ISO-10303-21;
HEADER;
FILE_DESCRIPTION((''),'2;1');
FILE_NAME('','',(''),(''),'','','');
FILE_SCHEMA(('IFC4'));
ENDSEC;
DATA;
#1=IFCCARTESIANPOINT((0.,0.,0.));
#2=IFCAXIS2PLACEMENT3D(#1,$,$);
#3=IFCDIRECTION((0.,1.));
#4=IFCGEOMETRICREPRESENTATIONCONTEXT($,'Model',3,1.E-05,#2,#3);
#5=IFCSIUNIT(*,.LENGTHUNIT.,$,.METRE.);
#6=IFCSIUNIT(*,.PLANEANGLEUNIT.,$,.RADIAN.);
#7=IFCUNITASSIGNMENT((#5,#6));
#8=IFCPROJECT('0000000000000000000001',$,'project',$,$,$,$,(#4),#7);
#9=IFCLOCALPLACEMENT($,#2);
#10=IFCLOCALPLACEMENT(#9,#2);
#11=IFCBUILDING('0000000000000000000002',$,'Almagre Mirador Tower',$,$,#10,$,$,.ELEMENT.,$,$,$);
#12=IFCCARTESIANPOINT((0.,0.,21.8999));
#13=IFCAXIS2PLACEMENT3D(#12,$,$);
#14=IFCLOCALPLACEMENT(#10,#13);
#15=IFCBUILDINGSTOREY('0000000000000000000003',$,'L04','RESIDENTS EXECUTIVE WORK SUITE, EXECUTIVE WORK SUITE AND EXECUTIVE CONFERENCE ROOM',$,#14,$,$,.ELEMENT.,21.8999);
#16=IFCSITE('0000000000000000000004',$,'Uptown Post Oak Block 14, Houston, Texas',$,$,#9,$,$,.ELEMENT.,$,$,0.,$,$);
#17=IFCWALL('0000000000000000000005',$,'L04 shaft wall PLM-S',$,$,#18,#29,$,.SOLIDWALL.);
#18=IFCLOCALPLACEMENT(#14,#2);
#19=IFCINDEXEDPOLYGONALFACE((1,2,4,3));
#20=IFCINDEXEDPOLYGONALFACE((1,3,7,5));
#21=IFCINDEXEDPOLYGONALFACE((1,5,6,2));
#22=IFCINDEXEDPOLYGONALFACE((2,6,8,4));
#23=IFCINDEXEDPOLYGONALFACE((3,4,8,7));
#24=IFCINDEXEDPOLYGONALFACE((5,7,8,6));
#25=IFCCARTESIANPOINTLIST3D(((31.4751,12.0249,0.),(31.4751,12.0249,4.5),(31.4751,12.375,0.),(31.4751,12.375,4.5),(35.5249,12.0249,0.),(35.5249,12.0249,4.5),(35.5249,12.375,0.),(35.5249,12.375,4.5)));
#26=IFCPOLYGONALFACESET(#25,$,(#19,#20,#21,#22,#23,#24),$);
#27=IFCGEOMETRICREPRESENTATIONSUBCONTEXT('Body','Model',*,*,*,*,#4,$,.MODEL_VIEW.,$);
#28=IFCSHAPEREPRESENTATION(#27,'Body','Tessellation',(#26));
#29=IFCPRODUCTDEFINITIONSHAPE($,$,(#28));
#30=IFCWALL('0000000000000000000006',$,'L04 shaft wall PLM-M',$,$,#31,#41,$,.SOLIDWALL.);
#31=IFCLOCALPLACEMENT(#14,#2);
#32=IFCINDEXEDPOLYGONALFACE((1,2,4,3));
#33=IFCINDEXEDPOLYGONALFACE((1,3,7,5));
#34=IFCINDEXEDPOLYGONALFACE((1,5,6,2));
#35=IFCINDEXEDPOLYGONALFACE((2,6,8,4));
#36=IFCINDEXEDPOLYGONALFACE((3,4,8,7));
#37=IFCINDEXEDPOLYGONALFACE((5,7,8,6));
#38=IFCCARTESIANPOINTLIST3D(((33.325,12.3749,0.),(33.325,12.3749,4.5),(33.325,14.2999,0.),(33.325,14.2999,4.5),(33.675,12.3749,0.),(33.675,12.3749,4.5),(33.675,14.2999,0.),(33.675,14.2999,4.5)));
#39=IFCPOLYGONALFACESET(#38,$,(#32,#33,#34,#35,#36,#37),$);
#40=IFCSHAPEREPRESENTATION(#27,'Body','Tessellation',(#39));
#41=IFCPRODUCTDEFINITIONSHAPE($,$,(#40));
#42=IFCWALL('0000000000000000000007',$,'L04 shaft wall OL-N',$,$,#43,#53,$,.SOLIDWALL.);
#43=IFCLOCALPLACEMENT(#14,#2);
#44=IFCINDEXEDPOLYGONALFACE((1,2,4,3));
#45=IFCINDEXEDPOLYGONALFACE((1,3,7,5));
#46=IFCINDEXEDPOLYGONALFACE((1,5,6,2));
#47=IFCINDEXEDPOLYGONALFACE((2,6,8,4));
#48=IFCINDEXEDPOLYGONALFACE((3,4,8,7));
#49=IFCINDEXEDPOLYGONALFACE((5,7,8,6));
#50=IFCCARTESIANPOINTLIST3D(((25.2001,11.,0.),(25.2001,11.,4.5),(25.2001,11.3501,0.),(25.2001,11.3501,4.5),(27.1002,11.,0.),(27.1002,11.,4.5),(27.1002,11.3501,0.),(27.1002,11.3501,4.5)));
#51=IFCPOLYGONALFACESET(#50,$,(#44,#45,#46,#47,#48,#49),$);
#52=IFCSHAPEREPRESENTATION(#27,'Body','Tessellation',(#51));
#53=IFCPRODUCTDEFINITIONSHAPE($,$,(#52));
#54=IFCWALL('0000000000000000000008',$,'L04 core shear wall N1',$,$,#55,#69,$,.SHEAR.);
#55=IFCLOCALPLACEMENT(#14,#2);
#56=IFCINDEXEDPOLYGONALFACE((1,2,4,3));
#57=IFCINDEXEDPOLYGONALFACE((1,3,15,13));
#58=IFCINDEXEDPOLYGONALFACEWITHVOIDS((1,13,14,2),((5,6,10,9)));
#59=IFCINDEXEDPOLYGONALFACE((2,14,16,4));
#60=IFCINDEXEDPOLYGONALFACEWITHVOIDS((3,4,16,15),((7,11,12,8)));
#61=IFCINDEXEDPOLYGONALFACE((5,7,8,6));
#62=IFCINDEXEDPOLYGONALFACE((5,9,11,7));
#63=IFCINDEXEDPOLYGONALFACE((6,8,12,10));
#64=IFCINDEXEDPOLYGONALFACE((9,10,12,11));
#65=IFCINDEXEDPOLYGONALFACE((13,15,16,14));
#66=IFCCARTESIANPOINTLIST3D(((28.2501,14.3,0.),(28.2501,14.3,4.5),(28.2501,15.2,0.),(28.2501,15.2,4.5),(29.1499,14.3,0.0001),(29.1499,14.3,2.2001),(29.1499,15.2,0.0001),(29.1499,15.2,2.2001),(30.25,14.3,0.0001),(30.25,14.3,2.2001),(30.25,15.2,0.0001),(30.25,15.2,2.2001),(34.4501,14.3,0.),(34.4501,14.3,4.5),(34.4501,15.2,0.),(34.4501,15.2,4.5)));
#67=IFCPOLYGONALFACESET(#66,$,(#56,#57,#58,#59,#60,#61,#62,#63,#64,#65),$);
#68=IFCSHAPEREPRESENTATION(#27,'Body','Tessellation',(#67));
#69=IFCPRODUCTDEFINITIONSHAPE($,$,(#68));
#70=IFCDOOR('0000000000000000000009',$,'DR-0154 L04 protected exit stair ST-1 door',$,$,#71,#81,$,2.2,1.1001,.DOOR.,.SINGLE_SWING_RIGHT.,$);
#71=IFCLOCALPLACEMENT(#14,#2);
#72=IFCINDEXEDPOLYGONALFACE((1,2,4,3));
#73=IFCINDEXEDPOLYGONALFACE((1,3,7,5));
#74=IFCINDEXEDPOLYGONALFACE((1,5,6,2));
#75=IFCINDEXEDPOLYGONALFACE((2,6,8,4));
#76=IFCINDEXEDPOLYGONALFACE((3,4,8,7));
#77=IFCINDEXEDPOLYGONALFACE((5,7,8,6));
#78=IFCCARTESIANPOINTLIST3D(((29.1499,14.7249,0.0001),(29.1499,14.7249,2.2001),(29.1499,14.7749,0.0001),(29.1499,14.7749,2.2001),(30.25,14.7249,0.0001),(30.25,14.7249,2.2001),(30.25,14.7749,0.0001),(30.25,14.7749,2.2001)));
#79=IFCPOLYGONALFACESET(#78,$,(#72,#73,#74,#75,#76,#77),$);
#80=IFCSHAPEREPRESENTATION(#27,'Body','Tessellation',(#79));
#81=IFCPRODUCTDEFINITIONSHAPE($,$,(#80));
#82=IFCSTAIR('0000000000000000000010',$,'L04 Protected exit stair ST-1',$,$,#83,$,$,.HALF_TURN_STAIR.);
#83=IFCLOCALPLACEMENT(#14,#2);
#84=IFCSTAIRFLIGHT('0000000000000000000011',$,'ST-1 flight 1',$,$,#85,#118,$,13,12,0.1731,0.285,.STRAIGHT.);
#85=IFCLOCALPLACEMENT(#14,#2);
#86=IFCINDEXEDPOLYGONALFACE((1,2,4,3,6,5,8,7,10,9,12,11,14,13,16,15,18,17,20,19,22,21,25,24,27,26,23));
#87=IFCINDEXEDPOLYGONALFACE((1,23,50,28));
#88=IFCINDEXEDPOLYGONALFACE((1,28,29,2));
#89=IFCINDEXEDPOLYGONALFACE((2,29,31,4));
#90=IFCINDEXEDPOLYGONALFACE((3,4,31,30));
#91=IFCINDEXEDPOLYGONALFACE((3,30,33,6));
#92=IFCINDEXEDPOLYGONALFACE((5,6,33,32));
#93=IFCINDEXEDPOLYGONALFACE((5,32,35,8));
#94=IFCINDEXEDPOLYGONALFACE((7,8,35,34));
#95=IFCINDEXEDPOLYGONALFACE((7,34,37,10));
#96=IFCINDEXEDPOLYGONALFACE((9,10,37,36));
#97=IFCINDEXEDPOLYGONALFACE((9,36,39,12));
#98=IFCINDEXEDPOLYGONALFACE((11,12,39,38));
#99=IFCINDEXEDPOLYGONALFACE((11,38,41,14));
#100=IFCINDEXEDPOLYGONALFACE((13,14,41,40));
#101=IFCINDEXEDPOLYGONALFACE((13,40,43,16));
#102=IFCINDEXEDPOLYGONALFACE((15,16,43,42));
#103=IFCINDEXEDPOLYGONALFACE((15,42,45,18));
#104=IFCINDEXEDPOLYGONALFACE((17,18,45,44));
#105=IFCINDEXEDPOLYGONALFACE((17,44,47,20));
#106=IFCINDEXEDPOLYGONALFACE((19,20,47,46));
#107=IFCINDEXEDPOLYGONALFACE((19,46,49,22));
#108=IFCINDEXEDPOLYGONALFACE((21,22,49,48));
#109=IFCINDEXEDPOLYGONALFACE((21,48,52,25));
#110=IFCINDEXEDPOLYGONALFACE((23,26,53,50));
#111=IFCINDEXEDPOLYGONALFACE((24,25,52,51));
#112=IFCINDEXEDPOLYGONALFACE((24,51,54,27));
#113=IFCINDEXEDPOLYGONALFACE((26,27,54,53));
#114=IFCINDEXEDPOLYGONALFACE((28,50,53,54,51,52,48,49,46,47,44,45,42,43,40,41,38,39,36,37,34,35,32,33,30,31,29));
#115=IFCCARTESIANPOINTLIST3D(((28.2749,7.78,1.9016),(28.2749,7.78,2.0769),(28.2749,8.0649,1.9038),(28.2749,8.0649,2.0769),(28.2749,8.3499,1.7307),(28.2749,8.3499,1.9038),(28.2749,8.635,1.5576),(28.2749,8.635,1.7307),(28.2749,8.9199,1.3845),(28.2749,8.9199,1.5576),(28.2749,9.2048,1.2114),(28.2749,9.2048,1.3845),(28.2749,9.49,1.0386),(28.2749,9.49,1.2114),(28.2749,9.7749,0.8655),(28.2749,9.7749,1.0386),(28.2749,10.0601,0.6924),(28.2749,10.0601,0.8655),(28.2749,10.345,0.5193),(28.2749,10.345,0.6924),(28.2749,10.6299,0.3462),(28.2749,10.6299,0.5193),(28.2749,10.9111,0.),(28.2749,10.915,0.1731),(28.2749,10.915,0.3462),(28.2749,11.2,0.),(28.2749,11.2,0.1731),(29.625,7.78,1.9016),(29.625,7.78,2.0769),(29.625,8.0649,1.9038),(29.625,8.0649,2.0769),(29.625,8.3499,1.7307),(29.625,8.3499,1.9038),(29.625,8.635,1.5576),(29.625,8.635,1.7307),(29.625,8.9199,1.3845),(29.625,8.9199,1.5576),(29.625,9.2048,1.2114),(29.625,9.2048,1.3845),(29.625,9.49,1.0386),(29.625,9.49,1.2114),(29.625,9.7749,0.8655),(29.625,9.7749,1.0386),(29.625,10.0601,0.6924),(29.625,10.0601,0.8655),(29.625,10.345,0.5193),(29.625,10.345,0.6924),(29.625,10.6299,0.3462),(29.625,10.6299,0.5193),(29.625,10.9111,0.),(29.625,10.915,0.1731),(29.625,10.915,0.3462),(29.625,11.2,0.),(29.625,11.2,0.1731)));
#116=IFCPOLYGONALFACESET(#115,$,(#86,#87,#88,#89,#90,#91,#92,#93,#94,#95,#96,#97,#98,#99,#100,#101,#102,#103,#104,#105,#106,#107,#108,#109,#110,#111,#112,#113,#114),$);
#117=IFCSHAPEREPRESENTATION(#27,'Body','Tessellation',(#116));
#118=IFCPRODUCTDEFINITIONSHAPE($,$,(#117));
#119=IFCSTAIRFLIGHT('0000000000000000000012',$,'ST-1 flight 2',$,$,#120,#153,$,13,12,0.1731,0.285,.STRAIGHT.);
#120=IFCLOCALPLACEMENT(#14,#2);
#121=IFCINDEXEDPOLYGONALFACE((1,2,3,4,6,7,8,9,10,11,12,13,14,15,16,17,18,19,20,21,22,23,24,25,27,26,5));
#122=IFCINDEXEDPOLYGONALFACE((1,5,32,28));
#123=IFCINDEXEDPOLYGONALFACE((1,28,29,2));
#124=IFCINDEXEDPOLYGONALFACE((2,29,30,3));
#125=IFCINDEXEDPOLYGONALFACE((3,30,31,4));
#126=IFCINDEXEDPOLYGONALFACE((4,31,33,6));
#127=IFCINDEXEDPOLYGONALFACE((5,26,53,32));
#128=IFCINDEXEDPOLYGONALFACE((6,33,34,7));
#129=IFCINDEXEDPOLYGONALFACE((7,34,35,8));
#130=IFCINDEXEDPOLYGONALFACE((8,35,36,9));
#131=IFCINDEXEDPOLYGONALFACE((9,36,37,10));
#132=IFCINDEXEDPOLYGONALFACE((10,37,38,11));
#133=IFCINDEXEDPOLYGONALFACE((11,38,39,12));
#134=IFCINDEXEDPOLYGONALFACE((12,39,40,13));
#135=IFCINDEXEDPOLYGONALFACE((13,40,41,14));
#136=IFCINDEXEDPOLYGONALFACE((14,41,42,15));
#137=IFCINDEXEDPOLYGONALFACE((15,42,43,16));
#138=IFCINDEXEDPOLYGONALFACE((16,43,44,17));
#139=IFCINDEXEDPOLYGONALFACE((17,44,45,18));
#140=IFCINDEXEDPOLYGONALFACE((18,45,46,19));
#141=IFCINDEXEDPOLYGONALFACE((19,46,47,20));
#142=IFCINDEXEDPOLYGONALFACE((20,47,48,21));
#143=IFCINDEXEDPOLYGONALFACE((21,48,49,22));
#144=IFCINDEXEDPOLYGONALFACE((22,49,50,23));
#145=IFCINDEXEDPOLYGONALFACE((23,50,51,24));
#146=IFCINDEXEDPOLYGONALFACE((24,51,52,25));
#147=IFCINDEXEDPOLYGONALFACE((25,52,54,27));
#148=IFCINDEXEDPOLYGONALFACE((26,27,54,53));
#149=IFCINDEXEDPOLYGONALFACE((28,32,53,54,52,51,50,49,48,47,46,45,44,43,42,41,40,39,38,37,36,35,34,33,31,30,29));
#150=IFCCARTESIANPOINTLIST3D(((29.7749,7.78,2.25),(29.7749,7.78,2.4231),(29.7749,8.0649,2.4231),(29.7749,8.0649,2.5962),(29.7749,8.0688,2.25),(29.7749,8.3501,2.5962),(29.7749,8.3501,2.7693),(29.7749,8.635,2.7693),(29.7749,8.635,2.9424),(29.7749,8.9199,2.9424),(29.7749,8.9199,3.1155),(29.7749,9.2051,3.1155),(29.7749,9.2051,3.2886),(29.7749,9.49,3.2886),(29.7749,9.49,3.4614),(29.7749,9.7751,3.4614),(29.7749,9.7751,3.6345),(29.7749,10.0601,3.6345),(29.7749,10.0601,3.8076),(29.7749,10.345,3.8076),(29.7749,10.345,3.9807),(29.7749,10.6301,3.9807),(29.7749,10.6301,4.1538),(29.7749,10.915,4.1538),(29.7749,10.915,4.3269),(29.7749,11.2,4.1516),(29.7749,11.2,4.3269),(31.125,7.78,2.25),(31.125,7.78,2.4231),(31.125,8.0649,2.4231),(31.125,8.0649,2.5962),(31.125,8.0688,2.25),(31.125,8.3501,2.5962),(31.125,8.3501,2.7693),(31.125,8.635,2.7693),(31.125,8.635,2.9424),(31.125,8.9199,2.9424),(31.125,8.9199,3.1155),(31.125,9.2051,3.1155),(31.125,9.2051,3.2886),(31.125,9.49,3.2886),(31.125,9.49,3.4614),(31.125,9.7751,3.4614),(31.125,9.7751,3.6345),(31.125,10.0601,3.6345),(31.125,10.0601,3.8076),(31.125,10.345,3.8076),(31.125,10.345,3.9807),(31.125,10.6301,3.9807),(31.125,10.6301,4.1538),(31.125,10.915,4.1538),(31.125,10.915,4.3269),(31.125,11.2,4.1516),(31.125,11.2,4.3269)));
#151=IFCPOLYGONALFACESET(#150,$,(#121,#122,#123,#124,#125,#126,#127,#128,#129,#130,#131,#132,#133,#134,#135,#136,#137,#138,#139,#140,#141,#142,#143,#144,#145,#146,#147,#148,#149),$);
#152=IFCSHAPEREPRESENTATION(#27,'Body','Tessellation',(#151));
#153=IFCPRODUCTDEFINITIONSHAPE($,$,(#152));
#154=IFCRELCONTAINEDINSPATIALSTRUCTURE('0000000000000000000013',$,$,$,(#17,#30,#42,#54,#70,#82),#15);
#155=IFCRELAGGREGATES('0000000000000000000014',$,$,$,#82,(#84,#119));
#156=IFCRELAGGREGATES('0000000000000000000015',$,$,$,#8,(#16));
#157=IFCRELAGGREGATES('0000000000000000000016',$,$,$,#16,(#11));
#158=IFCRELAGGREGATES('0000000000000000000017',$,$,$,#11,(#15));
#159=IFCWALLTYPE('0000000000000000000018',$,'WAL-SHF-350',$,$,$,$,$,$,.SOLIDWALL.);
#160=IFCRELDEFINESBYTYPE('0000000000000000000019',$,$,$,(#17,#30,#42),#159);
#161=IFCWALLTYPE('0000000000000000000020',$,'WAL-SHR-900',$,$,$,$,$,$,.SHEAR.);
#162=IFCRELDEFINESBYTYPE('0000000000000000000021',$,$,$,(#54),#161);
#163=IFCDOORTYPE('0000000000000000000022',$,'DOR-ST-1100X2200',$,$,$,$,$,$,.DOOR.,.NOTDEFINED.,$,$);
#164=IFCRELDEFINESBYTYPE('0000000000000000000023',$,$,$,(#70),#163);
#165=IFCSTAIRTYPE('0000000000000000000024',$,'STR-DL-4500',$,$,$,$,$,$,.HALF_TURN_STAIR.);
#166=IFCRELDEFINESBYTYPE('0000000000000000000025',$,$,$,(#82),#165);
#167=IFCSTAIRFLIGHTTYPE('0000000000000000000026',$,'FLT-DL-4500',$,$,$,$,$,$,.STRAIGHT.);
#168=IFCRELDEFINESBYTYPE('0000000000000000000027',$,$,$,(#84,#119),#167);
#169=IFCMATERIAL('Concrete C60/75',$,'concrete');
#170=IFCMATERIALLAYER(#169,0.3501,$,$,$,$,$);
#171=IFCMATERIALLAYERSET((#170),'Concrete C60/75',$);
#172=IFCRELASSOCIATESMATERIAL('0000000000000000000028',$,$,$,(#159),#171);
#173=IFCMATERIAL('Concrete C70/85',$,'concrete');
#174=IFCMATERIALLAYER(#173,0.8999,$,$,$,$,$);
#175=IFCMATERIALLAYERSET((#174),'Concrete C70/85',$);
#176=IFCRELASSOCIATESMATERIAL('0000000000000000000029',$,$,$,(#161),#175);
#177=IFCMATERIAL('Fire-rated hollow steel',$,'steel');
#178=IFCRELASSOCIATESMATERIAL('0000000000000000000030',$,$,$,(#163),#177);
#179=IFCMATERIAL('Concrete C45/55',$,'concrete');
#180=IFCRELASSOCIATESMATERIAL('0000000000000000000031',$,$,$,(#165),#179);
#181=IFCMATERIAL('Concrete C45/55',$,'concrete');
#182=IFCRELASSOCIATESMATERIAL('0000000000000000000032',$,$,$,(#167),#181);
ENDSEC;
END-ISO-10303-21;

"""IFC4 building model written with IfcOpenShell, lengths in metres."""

from ifc_helpers import new_model, si_unit, direction, frame, frame_2d, origin, place, context, subcontext, project, spatial, polyline, rectangle, outline, extrude, material, layer, layer_set, type_object, element, fill, aggregate, save


model = new_model("IFC4")

# Units and contexts
model_context = context("Model", 3, precision=1e-05, world=origin(), true_north=direction((0.0, 1.0)))
body_context = subcontext(model_context, "Body", "Model", "MODEL_VIEW")
ifc_project = project(units=[si_unit("LENGTHUNIT", "METRE"), si_unit("PLANEANGLEUNIT", "RADIAN")], contexts=[model_context])

# Site, building, storey
site_placement = place(None, origin())
site = spatial("IfcSite", under=ifc_project, at=site_placement, Name="Uptown Post Oak Block 14, Houston, Texas", CompositionType="ELEMENT", RefElevation=0.0)
building_placement = place(site_placement, origin())
building = spatial("IfcBuilding", under=site, at=building_placement, Name="Almagre Mirador Tower", CompositionType="ELEMENT")
storey_placement = place(building_placement, frame((0.0, 0.0, 21.8999)))
storey = spatial("IfcBuildingStorey", under=building, at=storey_placement, Name="L04", Description="RESIDENTS EXECUTIVE WORK SUITE, EXECUTIVE WORK SUITE AND EXECUTIVE CONFERENCE ROOM", CompositionType="ELEMENT", Elevation=21.8999)

# Shared definitions
ifc_material_1 = material(Name="Concrete C60/75", Category="concrete")
ifc_layer_1 = layer(ifc_material_1, 0.3501)
ifc_layer_set_1 = layer_set([ifc_layer_1], Name="Concrete C60/75")
wall_type_1 = type_object("IfcWallType", Name="WAL-SHF-350", PredefinedType="SOLIDWALL", material=ifc_layer_set_1)

# Walls
wall_1_placement = place(storey_placement, frame((31.4751, 12.2, 0.0), z_axis=(0.0, 0.0, 1.0), x_axis=(1.0, 0.0, 0.0)))
element("IfcWall", 1, at=wall_1_placement, inside=storey, type_object=wall_type_1, Name="L04 shaft wall PLM-S", PredefinedType="SOLIDWALL", context=body_context, shape_type="SweptSolid", body=[
    extrude(rectangle(XDim=4.0498, YDim=0.3501, at=frame_2d((2.0249, 0.0))), origin(), (0.0, 0.0, 1.0), 4.5),
])
wall_2_placement = place(storey_placement, frame((33.5, 12.375, 0.0), z_axis=(0.0, 0.0, 1.0), x_axis=(0.0, 1.0, 0.0)))
element("IfcWall", 2, at=wall_2_placement, inside=storey, type_object=wall_type_1, Name="L04 shaft wall PLM-M", PredefinedType="SOLIDWALL", context=body_context, shape_type="SweptSolid", body=[
    extrude(rectangle(XDim=1.925, YDim=0.3501, at=frame_2d((0.9624, 0.0))), origin(), (0.0, 0.0, 1.0), 4.5),
])
wall_3_placement = place(storey_placement, frame((25.2, 11.175, 0.0), z_axis=(0.0, 0.0, 1.0), x_axis=(1.0, 0.0, 0.0)))
element("IfcWall", 3, at=wall_3_placement, inside=storey, type_object=wall_type_1, Name="L04 shaft wall OL-N", PredefinedType="SOLIDWALL", context=body_context, shape_type="SweptSolid", body=[
    extrude(rectangle(XDim=1.9001, YDim=0.3501, at=frame_2d((0.9502, 0.0))), origin(), (0.0, 0.0, 1.0), 4.5),
])

# Wall, opening, door
ifc_material_2 = material(Name="Concrete C70/85", Category="concrete")
ifc_layer_2 = layer(ifc_material_2, 0.8999)
ifc_layer_set_2 = layer_set([ifc_layer_2], Name="Concrete C70/85")
wall_type_2 = type_object("IfcWallType", Name="WAL-SHR-900", PredefinedType="SHEAR", material=ifc_layer_set_2)
wall_4_placement = place(storey_placement, frame((28.25, 14.75, 0.0), z_axis=(0.0, 0.0, 1.0), x_axis=(1.0, 0.0, 0.0)))
wall_4 = element("IfcWall", 4, at=wall_4_placement, inside=storey, type_object=wall_type_2, Name="L04 core shear wall N1", PredefinedType="SHEAR", context=body_context, shape_type="SweptSolid", body=[
    extrude(rectangle(XDim=6.2, YDim=0.8999, at=frame_2d((3.1001, 0.0))), origin(), (0.0, 0.0, 1.0), 4.5),
])
opening_1_placement = place(wall_4_placement, frame((0.8999, 0.0, 0.0)))
opening_1 = element("IfcOpeningElement", 5, at=opening_1_placement, cuts=wall_4, PredefinedType="OPENING", context=body_context, shape_type="SweptSolid", body=[
    extrude(rectangle(XDim=1.1001, YDim=2.2, at=frame_2d((0.55, 1.1001))), frame((0.0, 0.46, 0.0), z_axis=(0.0, -1.0, 0.0), x_axis=(1.0, 0.0, 0.0)), (0.0, 0.0, 1.0), 0.9199),
])
ifc_material_3 = material(Name="Fire-rated hollow steel", Category="steel")
door_type_1 = type_object("IfcDoorType", Name="DOR-ST-1100X2200", OperationType="NOTDEFINED", PredefinedType="DOOR", material=ifc_material_3)
door_1_placement = place(opening_1_placement, origin())
door_1 = element("IfcDoor", 6, at=door_1_placement, inside=storey, type_object=door_type_1, Name="DR-0154 L04 protected exit stair ST-1 door", OperationType="SINGLE_SWING_RIGHT", OverallHeight=2.2, OverallWidth=1.1001, PredefinedType="DOOR", context=body_context, shape_type="SweptSolid", body=[
    extrude(rectangle(XDim=1.1001, YDim=2.2, at=frame_2d((0.55, 1.1001))), frame((0.0, 0.0249, 0.0), z_axis=(0.0, -1.0, 0.0), x_axis=(1.0, 0.0, 0.0)), (0.0, 0.0, 1.0), 0.05),
])
fill(opening_1, door_1)

# Stair, stair flights
ifc_material_4 = material(Name="Concrete C45/55", Category="concrete")
stair_type = type_object("IfcStairType", Name="STR-DL-4500", PredefinedType="HALF_TURN_STAIR", material=ifc_material_4)
stair_placement = place(storey_placement, origin())
stair = element("IfcStair", 7, at=stair_placement, inside=storey, type_object=stair_type, Name="L04 Protected exit stair ST-1", PredefinedType="HALF_TURN_STAIR")
ifc_material_5 = material(Name="Concrete C45/55", Category="concrete")
stair_flight_type = type_object("IfcStairFlightType", Name="FLT-DL-4500", PredefinedType="STRAIGHT", material=ifc_material_5)
stair_flight_1_placement = place(storey_placement, frame((28.95, 11.2, 0.0), z_axis=(0.0, 0.0, 1.0), x_axis=(0.0, -1.0, 0.0)))
stair_flight_1 = element("IfcStairFlight", 8, at=stair_flight_1_placement, type_object=stair_flight_type, Name="ST-1 flight 1", NumberOfRisers=13, NumberOfTreads=12, PredefinedType="STRAIGHT", RiserHeight=0.1731, TreadLength=0.285, context=body_context, shape_type="SweptSolid", body=[
    extrude(outline(polyline([(0.0, 0.0), (0.0, 0.1731), (0.2849, 0.1731), (0.2849, 0.3462), (0.5701, 0.3462), (0.5701, 0.5193), (0.855, 0.5193), (0.855, 0.6924), (1.1399, 0.6924), (1.1399, 0.8655), (1.425, 0.8655), (1.425, 1.0386), (1.71, 1.0386), (1.71, 1.2114), (1.9951, 1.2114), (1.9951, 1.3845), (2.28, 1.3845), (2.28, 1.5576), (2.5649, 1.5576), (2.5649, 1.7307), (2.8501, 1.7307), (2.8501, 1.9038), (3.135, 1.9038), (3.135, 2.0769), (3.4199, 2.0769), (3.4199, 2.25), (3.4199, 1.9016), (0.2888, 0.0), (0.0, 0.0)])), frame((0.0, 0.675, 0.0), z_axis=(0.0, -1.0, 0.0), x_axis=(1.0, 0.0, 0.0)), (0.0, 0.0, 1.0), 1.3501),
])
stair_flight_2_placement = place(storey_placement, frame((30.45, 7.78, 2.25), z_axis=(0.0, 0.0, 1.0), x_axis=(0.0, 1.0, 0.0)))
stair_flight_2 = element("IfcStairFlight", 9, at=stair_flight_2_placement, type_object=stair_flight_type, Name="ST-1 flight 2", NumberOfRisers=13, NumberOfTreads=12, PredefinedType="STRAIGHT", RiserHeight=0.1731, TreadLength=0.285, context=body_context, shape_type="SweptSolid", body=[
    extrude(outline(polyline([(0.0, 0.0), (0.0, 0.1731), (0.2849, 0.1731), (0.2849, 0.3462), (0.5701, 0.3462), (0.5701, 0.5193), (0.855, 0.5193), (0.855, 0.6924), (1.1399, 0.6924), (1.1399, 0.8655), (1.425, 0.8655), (1.425, 1.0386), (1.71, 1.0386), (1.71, 1.2114), (1.9951, 1.2114), (1.9951, 1.3845), (2.28, 1.3845), (2.28, 1.5576), (2.5649, 1.5576), (2.5649, 1.7307), (2.8501, 1.7307), (2.8501, 1.9038), (3.135, 1.9038), (3.135, 2.0769), (3.4199, 2.0769), (3.4199, 2.25), (3.4199, 1.9016), (0.2888, 0.0), (0.0, 0.0)])), frame((0.0, 0.675, 0.0), z_axis=(0.0, -1.0, 0.0), x_axis=(1.0, 0.0, 0.0)), (0.0, 0.0, 1.0), 1.3501),
])
aggregate(stair, [stair_flight_1, stair_flight_2])

save(model, "model.ifc")
